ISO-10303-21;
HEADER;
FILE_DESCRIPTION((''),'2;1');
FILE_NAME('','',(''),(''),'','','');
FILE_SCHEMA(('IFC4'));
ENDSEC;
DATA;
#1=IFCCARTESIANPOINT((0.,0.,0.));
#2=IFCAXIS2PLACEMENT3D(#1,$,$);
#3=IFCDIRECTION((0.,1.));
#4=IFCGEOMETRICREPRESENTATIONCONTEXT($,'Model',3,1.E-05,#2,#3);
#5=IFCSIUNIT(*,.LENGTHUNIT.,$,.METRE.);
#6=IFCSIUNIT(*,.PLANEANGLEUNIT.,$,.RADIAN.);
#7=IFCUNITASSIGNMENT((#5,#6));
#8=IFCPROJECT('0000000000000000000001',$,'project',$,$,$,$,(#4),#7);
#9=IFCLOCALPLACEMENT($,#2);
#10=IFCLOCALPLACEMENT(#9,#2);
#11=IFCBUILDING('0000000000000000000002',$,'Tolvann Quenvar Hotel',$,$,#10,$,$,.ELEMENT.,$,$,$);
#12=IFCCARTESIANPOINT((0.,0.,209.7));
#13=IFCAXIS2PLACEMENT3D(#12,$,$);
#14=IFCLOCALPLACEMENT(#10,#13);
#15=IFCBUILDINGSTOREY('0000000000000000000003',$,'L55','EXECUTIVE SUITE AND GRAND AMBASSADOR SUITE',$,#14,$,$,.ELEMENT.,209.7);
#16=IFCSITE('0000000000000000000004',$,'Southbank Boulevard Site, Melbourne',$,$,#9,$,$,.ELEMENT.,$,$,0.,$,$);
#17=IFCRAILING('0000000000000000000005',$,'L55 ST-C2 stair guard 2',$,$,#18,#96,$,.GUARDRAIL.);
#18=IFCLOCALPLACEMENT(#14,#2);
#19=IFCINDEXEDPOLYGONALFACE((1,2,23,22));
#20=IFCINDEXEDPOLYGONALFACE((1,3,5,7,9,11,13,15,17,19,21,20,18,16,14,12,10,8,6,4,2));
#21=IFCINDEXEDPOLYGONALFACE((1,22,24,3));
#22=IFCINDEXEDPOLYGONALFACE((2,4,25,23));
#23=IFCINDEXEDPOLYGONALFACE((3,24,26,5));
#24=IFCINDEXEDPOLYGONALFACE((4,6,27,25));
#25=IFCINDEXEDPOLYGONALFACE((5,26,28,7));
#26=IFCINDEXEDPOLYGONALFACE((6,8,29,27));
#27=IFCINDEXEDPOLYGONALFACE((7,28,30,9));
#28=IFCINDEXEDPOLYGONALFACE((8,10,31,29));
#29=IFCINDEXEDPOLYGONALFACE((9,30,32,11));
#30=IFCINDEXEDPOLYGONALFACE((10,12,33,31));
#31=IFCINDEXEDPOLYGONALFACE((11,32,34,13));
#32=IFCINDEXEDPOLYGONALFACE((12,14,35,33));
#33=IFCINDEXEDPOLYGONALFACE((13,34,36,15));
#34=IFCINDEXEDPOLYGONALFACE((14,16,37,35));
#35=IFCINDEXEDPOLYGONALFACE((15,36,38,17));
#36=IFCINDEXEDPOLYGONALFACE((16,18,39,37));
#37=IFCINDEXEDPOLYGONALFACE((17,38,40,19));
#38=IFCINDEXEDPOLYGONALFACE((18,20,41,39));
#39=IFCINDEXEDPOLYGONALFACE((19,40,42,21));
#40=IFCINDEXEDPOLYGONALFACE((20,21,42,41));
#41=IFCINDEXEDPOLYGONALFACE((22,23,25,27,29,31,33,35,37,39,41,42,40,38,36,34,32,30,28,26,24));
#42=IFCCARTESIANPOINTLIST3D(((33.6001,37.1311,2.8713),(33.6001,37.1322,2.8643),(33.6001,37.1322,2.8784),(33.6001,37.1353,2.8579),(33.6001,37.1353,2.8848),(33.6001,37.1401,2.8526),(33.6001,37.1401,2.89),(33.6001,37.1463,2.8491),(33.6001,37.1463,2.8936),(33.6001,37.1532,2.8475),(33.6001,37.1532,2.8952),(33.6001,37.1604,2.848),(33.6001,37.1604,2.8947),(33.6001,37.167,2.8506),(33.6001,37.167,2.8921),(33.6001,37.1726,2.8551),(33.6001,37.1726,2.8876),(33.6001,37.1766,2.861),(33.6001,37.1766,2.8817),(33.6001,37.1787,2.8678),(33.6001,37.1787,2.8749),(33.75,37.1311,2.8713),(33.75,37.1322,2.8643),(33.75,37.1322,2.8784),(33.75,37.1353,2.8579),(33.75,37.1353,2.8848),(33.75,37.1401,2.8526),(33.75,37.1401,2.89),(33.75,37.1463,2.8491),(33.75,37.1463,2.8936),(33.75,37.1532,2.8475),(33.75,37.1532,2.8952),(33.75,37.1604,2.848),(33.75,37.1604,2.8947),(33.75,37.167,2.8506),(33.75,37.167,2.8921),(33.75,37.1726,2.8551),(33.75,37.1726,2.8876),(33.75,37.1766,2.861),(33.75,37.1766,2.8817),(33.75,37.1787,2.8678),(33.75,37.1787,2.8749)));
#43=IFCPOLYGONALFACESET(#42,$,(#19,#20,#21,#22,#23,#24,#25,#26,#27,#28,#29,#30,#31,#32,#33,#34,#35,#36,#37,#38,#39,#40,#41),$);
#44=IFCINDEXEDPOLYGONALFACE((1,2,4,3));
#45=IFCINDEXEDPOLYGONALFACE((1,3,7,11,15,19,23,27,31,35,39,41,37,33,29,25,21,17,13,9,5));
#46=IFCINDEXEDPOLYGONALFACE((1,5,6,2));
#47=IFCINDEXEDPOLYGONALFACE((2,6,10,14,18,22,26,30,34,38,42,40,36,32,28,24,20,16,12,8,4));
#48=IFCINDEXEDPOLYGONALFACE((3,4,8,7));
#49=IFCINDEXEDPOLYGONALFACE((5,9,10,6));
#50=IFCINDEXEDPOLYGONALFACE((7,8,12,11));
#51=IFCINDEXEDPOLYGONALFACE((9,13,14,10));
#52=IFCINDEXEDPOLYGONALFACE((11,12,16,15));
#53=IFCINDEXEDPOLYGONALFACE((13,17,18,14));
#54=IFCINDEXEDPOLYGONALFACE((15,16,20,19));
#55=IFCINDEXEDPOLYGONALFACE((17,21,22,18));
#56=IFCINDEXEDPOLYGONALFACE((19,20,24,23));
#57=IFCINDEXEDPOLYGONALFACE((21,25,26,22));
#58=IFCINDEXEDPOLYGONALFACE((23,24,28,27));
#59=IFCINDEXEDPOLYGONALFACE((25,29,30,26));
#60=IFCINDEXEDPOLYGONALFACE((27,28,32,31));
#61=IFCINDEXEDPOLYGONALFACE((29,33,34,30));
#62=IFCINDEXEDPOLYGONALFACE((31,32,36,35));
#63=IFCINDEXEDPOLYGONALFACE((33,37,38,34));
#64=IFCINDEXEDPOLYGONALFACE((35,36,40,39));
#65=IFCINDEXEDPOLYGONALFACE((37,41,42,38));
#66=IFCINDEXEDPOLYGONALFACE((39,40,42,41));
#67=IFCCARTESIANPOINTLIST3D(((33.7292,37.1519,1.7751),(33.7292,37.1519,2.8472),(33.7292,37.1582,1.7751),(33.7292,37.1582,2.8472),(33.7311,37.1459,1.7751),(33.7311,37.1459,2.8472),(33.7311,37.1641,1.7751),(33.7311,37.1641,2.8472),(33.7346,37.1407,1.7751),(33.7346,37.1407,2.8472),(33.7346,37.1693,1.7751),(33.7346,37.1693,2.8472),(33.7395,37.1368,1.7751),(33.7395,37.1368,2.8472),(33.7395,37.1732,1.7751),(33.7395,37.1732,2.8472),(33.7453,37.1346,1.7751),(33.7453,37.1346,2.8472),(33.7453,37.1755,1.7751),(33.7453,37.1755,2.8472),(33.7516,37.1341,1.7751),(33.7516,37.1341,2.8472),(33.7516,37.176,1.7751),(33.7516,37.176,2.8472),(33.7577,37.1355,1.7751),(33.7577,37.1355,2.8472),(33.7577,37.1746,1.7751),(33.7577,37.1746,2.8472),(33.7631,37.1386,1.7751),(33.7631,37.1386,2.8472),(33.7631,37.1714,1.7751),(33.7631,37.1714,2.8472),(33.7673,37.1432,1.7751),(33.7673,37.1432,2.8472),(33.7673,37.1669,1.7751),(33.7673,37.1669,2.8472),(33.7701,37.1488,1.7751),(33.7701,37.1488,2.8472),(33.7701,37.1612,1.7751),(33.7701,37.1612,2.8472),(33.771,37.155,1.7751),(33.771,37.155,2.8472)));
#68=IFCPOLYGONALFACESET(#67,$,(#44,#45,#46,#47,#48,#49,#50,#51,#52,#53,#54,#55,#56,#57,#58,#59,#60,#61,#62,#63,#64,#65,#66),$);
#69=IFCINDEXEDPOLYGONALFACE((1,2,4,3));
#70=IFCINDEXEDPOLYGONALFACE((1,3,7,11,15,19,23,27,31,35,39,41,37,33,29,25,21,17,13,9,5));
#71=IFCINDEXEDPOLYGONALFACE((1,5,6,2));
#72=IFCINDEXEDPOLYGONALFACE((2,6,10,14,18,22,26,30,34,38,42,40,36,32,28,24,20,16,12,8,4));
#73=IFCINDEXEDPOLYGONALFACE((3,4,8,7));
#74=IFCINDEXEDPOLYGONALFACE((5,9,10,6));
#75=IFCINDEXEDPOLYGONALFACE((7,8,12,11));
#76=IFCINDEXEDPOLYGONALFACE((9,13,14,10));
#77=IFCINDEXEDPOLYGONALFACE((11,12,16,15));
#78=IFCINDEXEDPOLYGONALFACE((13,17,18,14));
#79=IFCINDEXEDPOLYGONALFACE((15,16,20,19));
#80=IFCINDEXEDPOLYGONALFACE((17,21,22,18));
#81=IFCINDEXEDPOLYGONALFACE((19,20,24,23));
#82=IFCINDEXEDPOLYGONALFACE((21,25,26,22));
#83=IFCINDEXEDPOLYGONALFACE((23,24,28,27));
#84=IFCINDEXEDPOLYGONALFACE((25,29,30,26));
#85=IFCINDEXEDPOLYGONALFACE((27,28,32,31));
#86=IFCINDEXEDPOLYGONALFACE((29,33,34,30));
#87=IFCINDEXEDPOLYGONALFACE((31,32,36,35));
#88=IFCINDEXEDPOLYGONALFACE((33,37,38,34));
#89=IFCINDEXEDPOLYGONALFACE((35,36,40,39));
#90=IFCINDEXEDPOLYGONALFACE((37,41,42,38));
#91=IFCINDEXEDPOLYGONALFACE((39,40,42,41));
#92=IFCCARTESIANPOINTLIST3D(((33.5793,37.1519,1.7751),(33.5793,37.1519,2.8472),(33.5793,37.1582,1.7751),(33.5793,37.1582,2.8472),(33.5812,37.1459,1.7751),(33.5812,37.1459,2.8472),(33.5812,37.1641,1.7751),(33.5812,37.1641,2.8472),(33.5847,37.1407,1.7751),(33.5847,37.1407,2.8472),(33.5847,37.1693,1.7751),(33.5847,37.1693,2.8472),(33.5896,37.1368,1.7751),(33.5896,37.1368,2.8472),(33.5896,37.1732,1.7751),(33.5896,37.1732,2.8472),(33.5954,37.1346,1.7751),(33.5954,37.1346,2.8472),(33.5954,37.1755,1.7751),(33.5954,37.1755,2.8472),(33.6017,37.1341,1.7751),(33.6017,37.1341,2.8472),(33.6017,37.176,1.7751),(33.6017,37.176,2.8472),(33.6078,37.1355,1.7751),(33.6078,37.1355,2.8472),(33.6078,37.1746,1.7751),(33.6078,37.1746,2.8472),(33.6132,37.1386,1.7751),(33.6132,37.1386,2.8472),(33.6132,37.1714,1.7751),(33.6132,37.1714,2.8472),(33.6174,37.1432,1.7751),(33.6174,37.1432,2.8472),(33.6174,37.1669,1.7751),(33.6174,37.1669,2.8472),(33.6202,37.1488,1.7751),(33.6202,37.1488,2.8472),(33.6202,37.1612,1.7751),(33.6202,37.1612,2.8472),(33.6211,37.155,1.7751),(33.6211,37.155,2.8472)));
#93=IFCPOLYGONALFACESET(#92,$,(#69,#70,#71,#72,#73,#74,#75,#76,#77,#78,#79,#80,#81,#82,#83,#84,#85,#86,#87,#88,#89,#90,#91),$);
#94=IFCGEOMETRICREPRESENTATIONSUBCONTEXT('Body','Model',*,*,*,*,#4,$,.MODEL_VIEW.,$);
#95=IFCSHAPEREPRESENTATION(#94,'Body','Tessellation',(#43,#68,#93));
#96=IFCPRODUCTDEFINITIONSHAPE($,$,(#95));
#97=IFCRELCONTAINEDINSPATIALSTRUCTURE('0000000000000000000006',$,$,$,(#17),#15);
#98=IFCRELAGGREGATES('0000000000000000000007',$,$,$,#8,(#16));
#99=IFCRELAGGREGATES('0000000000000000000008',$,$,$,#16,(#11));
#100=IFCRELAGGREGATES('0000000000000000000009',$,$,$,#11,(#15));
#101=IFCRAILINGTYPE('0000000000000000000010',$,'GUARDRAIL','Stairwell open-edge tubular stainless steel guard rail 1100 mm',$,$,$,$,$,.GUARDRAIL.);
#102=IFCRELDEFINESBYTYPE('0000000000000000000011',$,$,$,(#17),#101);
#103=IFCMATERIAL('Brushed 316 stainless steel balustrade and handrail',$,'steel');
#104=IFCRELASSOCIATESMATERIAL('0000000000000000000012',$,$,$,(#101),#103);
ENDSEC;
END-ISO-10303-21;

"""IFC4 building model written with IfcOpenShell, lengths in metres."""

from ifc_helpers import new_model, si_unit, direction, frame, origin, origin_2d, place, context, subcontext, project, spatial, circle, extrude, material, type_object, element, save


model = new_model("IFC4")

# Units and contexts
model_context = context("Model", 3, precision=1e-05, world=origin(), true_north=direction((0.0, 1.0)))
body_context = subcontext(model_context, "Body", "Model", "MODEL_VIEW")
ifc_project = project(units=[si_unit("LENGTHUNIT", "METRE"), si_unit("PLANEANGLEUNIT", "RADIAN")], contexts=[model_context])

# Site, building, storey
site_placement = place(None, origin())
site = spatial("IfcSite", under=ifc_project, at=site_placement, Name="Southbank Boulevard Site, Melbourne", CompositionType="ELEMENT", RefElevation=0.0)
building_placement = place(site_placement, origin())
building = spatial("IfcBuilding", under=site, at=building_placement, Name="Tolvann Quenvar Hotel", CompositionType="ELEMENT")
storey_placement = place(building_placement, frame((0.0, 0.0, 209.7)))
storey = spatial("IfcBuildingStorey", under=building, at=storey_placement, Name="L55", Description="EXECUTIVE SUITE AND GRAND AMBASSADOR SUITE", CompositionType="ELEMENT", Elevation=209.7)

# Railing
ifc_material_1 = material(Name="Brushed 316 stainless steel balustrade and handrail", Category="steel")
railing_type_1 = type_object("IfcRailingType", Name="GUARDRAIL", Description="Stairwell open-edge tubular stainless steel guard rail 1100 mm", PredefinedType="GUARDRAIL", material=ifc_material_1)
railing_1_placement = place(storey_placement, frame((33.75, 37.155, 1.7751)))
element("IfcRailing", 1, at=railing_1_placement, inside=storey, type_object=railing_type_1, Name="L55 ST-C2 stair guard 2", PredefinedType="GUARDRAIL", context=body_context, shape_type="SweptSolid", body=[
    extrude(circle(Radius=0.0239, at=origin_2d()), frame((0.0, 0.0, 1.0962), z_axis=(-1.0, 0.0, 0.0), x_axis=(0.0, -1.0, 0.0)), (0.0, 0.0, 1.0), 0.1499),
    extrude(circle(Radius=0.021, at=origin_2d()), origin(), (0.0, 0.0, 1.0), 1.072),
    extrude(circle(Radius=0.021, at=origin_2d()), frame((-0.1499, 0.0, 0.0)), (0.0, 0.0, 1.0), 1.072),
])

save(model, "model.ifc")
